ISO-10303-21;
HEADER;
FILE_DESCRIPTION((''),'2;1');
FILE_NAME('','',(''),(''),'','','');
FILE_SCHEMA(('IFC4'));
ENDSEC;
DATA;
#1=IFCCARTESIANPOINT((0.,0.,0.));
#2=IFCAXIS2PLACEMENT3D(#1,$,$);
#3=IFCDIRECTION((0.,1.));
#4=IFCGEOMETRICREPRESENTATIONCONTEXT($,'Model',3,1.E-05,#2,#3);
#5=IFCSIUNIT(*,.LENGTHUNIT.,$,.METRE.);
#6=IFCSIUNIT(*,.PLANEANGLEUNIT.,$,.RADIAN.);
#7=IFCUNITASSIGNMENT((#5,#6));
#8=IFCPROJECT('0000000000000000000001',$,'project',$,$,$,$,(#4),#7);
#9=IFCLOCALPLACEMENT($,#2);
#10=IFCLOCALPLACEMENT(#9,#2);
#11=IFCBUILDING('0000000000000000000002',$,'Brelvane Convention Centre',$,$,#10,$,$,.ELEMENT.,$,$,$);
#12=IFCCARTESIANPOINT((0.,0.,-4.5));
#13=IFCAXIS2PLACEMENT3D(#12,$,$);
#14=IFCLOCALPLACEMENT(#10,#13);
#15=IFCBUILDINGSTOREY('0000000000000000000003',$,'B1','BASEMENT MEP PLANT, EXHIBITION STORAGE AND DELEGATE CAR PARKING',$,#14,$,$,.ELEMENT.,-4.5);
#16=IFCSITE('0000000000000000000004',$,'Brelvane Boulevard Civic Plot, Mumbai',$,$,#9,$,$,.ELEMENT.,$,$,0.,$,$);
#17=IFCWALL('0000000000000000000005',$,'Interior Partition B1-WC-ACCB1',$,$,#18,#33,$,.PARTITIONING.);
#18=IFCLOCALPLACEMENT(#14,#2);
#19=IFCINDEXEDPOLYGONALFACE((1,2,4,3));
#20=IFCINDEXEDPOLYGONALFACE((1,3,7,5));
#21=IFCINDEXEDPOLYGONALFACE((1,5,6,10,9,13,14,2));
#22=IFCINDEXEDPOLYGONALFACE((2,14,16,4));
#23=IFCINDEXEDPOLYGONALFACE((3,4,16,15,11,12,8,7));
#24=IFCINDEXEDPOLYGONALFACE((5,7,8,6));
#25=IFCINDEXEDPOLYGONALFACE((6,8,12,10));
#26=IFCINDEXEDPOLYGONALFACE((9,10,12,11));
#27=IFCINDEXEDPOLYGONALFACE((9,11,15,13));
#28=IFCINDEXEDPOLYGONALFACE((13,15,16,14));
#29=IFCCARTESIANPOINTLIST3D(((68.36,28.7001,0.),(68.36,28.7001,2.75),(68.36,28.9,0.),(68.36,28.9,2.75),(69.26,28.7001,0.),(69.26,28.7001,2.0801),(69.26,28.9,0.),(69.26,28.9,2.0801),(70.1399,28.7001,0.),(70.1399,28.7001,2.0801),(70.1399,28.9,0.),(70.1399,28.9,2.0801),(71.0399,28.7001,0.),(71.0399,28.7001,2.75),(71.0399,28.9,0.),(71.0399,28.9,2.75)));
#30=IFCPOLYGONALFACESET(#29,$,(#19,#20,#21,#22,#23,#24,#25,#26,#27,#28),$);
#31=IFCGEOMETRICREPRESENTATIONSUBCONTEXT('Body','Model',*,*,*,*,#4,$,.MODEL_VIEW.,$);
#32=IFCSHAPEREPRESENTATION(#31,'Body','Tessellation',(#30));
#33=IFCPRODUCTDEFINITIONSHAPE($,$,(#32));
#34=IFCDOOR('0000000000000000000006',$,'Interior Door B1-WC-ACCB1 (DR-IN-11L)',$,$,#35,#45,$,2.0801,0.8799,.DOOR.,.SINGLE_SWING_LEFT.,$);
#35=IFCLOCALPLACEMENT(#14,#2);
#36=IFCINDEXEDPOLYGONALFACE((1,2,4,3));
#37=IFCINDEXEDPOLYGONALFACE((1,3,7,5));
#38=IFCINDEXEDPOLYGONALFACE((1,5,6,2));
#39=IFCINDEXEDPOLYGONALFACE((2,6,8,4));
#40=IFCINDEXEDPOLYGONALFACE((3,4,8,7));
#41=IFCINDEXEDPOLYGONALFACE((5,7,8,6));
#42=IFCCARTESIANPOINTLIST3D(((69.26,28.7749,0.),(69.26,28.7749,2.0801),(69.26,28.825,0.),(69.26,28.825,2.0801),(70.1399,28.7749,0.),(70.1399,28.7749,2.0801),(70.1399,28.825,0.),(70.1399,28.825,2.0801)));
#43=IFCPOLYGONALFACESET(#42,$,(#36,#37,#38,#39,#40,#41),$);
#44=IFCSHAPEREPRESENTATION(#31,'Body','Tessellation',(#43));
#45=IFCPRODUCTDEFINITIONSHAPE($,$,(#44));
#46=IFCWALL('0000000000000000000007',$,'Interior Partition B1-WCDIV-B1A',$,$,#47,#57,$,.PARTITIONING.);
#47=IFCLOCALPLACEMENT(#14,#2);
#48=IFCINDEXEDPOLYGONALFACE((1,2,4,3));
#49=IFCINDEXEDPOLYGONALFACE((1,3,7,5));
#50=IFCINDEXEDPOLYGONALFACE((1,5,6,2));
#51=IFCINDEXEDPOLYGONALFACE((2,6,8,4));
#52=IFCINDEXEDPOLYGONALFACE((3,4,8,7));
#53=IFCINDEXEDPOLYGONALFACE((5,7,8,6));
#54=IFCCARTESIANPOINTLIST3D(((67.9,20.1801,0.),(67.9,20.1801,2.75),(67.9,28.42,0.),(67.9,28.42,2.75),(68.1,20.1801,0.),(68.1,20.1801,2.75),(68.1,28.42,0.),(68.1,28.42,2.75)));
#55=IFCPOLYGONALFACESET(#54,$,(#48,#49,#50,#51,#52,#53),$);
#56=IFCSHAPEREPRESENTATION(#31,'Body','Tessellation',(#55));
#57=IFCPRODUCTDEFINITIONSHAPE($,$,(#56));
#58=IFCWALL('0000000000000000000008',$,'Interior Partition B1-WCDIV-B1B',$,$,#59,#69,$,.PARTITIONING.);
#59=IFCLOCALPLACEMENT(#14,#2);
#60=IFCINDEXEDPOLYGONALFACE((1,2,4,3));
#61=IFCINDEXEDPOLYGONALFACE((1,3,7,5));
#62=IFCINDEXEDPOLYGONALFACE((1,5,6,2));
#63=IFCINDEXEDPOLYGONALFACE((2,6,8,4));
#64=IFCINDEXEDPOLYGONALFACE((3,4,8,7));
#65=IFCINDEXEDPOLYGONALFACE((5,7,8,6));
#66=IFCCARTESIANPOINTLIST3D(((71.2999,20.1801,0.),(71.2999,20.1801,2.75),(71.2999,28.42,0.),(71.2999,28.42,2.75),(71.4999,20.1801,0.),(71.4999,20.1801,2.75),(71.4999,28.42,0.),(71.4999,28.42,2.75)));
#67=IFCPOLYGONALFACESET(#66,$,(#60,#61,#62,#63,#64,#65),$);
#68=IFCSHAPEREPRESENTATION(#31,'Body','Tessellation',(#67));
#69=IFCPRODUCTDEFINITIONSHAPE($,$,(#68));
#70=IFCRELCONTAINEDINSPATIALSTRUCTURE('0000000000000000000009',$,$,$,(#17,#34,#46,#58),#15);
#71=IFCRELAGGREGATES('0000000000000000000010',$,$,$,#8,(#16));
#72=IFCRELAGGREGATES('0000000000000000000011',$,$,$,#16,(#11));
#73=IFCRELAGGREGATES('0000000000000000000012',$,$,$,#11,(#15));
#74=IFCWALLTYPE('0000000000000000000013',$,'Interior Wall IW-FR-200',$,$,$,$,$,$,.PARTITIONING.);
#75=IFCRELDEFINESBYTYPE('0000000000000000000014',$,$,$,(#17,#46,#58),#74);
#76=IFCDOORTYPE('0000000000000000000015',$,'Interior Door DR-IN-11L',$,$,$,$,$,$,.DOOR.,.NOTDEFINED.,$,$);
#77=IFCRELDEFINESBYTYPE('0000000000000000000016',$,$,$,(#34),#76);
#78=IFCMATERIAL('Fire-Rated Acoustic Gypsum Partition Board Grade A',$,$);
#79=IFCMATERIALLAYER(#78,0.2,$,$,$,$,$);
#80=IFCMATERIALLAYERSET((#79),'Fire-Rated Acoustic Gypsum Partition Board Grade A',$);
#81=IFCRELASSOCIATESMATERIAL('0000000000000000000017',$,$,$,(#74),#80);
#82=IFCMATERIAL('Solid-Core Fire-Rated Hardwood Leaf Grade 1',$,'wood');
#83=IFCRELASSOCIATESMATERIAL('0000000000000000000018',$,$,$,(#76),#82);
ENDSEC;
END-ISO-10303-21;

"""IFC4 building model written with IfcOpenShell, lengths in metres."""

from ifc_helpers import new_model, si_unit, direction, frame, frame_2d, origin, place, context, subcontext, project, spatial, rectangle, extrude, material, layer, layer_set, type_object, element, fill, save


model = new_model("IFC4")

# Units and contexts
model_context = context("Model", 3, precision=1e-05, world=origin(), true_north=direction((0.0, 1.0)))
body_context = subcontext(model_context, "Body", "Model", "MODEL_VIEW")
ifc_project = project(units=[si_unit("LENGTHUNIT", "METRE"), si_unit("PLANEANGLEUNIT", "RADIAN")], contexts=[model_context])

# Site, building, storey
site_placement = place(None, origin())
site = spatial("IfcSite", under=ifc_project, at=site_placement, Name="Brelvane Boulevard Civic Plot, Mumbai", CompositionType="ELEMENT", RefElevation=0.0)
building_placement = place(site_placement, origin())
building = spatial("IfcBuilding", under=site, at=building_placement, Name="Brelvane Convention Centre", CompositionType="ELEMENT")
storey_placement = place(building_placement, frame((0.0, 0.0, -4.5)))
storey = spatial("IfcBuildingStorey", under=building, at=storey_placement, Name="B1", Description="BASEMENT MEP PLANT, EXHIBITION STORAGE AND DELEGATE CAR PARKING", CompositionType="ELEMENT", Elevation=-4.5)

# Wall, opening, door
ifc_material_1 = material(Name="Fire-Rated Acoustic Gypsum Partition Board Grade A")
ifc_layer = layer(ifc_material_1, 0.2)
ifc_layer_set = layer_set([ifc_layer], Name="Fire-Rated Acoustic Gypsum Partition Board Grade A")
wall_type = type_object("IfcWallType", Name="Interior Wall IW-FR-200", PredefinedType="PARTITIONING", material=ifc_layer_set)
wall_placement = place(storey_placement, frame((68.3601, 28.8, 0.0), z_axis=(0.0, 0.0, 1.0), x_axis=(1.0, 0.0, 0.0)))
wall = element("IfcWall", 1, at=wall_placement, inside=storey, type_object=wall_type, Name="Interior Partition B1-WC-ACCB1", PredefinedType="PARTITIONING", context=body_context, shape_type="SweptSolid", body=[
    extrude(rectangle(XDim=2.6799, YDim=0.2, at=frame_2d((1.3398, 0.0))), origin(), (0.0, 0.0, 1.0), 2.75),
])
opening_placement = place(wall_placement, frame((0.8999, 0.0, 0.0)))
opening = element("IfcOpeningElement", 2, at=opening_placement, cuts=wall, PredefinedType="OPENING", context=body_context, shape_type="SweptSolid", body=[
    extrude(rectangle(XDim=0.8799, YDim=2.0801, at=frame_2d((0.4399, 1.04))), frame((0.0, 0.1099, 0.0), z_axis=(0.0, -1.0, 0.0), x_axis=(1.0, 0.0, 0.0)), (0.0, 0.0, 1.0), 0.22),
])
ifc_material_2 = material(Name="Solid-Core Fire-Rated Hardwood Leaf Grade 1", Category="wood")
door_type = type_object("IfcDoorType", Name="Interior Door DR-IN-11L", OperationType="NOTDEFINED", PredefinedType="DOOR", material=ifc_material_2)
door_placement = place(opening_placement, origin())
door = element("IfcDoor", 3, at=door_placement, inside=storey, type_object=door_type, Name="Interior Door B1-WC-ACCB1 (DR-IN-11L)", OperationType="SINGLE_SWING_LEFT", OverallHeight=2.0801, OverallWidth=0.8799, PredefinedType="DOOR", context=body_context, shape_type="SweptSolid", body=[
    extrude(rectangle(XDim=0.8799, YDim=2.0801, at=frame_2d((0.4399, 1.04))), frame((0.0, 0.0249, 0.0), z_axis=(0.0, -1.0, 0.0), x_axis=(1.0, 0.0, 0.0)), (0.0, 0.0, 1.0), 0.05),
])
fill(opening, door)

# Walls
for number, where, z_axis, x_axis, name in (
    (4, (68.0, 20.1799, 0.0), (0.0, 0.0, 1.0), (0.0, 1.0, 0.0), "Interior Partition B1-WCDIV-B1A"),
    (5, (71.3999, 20.1799, 0.0), (0.0, 0.0, 1.0), (0.0, 1.0, 0.0), "Interior Partition B1-WCDIV-B1B"),
):
    element("IfcWall", number, at=place(storey_placement, frame(where, z_axis=z_axis, x_axis=x_axis)), inside=storey, type_object=wall_type, Name=name, PredefinedType="PARTITIONING", context=body_context, shape_type="SweptSolid", body=[
        extrude(rectangle(XDim=8.24, YDim=0.2, at=frame_2d((4.1201, 0.0))), origin(), (0.0, 0.0, 1.0), 2.75),
    ])

save(model, "model.ifc")
